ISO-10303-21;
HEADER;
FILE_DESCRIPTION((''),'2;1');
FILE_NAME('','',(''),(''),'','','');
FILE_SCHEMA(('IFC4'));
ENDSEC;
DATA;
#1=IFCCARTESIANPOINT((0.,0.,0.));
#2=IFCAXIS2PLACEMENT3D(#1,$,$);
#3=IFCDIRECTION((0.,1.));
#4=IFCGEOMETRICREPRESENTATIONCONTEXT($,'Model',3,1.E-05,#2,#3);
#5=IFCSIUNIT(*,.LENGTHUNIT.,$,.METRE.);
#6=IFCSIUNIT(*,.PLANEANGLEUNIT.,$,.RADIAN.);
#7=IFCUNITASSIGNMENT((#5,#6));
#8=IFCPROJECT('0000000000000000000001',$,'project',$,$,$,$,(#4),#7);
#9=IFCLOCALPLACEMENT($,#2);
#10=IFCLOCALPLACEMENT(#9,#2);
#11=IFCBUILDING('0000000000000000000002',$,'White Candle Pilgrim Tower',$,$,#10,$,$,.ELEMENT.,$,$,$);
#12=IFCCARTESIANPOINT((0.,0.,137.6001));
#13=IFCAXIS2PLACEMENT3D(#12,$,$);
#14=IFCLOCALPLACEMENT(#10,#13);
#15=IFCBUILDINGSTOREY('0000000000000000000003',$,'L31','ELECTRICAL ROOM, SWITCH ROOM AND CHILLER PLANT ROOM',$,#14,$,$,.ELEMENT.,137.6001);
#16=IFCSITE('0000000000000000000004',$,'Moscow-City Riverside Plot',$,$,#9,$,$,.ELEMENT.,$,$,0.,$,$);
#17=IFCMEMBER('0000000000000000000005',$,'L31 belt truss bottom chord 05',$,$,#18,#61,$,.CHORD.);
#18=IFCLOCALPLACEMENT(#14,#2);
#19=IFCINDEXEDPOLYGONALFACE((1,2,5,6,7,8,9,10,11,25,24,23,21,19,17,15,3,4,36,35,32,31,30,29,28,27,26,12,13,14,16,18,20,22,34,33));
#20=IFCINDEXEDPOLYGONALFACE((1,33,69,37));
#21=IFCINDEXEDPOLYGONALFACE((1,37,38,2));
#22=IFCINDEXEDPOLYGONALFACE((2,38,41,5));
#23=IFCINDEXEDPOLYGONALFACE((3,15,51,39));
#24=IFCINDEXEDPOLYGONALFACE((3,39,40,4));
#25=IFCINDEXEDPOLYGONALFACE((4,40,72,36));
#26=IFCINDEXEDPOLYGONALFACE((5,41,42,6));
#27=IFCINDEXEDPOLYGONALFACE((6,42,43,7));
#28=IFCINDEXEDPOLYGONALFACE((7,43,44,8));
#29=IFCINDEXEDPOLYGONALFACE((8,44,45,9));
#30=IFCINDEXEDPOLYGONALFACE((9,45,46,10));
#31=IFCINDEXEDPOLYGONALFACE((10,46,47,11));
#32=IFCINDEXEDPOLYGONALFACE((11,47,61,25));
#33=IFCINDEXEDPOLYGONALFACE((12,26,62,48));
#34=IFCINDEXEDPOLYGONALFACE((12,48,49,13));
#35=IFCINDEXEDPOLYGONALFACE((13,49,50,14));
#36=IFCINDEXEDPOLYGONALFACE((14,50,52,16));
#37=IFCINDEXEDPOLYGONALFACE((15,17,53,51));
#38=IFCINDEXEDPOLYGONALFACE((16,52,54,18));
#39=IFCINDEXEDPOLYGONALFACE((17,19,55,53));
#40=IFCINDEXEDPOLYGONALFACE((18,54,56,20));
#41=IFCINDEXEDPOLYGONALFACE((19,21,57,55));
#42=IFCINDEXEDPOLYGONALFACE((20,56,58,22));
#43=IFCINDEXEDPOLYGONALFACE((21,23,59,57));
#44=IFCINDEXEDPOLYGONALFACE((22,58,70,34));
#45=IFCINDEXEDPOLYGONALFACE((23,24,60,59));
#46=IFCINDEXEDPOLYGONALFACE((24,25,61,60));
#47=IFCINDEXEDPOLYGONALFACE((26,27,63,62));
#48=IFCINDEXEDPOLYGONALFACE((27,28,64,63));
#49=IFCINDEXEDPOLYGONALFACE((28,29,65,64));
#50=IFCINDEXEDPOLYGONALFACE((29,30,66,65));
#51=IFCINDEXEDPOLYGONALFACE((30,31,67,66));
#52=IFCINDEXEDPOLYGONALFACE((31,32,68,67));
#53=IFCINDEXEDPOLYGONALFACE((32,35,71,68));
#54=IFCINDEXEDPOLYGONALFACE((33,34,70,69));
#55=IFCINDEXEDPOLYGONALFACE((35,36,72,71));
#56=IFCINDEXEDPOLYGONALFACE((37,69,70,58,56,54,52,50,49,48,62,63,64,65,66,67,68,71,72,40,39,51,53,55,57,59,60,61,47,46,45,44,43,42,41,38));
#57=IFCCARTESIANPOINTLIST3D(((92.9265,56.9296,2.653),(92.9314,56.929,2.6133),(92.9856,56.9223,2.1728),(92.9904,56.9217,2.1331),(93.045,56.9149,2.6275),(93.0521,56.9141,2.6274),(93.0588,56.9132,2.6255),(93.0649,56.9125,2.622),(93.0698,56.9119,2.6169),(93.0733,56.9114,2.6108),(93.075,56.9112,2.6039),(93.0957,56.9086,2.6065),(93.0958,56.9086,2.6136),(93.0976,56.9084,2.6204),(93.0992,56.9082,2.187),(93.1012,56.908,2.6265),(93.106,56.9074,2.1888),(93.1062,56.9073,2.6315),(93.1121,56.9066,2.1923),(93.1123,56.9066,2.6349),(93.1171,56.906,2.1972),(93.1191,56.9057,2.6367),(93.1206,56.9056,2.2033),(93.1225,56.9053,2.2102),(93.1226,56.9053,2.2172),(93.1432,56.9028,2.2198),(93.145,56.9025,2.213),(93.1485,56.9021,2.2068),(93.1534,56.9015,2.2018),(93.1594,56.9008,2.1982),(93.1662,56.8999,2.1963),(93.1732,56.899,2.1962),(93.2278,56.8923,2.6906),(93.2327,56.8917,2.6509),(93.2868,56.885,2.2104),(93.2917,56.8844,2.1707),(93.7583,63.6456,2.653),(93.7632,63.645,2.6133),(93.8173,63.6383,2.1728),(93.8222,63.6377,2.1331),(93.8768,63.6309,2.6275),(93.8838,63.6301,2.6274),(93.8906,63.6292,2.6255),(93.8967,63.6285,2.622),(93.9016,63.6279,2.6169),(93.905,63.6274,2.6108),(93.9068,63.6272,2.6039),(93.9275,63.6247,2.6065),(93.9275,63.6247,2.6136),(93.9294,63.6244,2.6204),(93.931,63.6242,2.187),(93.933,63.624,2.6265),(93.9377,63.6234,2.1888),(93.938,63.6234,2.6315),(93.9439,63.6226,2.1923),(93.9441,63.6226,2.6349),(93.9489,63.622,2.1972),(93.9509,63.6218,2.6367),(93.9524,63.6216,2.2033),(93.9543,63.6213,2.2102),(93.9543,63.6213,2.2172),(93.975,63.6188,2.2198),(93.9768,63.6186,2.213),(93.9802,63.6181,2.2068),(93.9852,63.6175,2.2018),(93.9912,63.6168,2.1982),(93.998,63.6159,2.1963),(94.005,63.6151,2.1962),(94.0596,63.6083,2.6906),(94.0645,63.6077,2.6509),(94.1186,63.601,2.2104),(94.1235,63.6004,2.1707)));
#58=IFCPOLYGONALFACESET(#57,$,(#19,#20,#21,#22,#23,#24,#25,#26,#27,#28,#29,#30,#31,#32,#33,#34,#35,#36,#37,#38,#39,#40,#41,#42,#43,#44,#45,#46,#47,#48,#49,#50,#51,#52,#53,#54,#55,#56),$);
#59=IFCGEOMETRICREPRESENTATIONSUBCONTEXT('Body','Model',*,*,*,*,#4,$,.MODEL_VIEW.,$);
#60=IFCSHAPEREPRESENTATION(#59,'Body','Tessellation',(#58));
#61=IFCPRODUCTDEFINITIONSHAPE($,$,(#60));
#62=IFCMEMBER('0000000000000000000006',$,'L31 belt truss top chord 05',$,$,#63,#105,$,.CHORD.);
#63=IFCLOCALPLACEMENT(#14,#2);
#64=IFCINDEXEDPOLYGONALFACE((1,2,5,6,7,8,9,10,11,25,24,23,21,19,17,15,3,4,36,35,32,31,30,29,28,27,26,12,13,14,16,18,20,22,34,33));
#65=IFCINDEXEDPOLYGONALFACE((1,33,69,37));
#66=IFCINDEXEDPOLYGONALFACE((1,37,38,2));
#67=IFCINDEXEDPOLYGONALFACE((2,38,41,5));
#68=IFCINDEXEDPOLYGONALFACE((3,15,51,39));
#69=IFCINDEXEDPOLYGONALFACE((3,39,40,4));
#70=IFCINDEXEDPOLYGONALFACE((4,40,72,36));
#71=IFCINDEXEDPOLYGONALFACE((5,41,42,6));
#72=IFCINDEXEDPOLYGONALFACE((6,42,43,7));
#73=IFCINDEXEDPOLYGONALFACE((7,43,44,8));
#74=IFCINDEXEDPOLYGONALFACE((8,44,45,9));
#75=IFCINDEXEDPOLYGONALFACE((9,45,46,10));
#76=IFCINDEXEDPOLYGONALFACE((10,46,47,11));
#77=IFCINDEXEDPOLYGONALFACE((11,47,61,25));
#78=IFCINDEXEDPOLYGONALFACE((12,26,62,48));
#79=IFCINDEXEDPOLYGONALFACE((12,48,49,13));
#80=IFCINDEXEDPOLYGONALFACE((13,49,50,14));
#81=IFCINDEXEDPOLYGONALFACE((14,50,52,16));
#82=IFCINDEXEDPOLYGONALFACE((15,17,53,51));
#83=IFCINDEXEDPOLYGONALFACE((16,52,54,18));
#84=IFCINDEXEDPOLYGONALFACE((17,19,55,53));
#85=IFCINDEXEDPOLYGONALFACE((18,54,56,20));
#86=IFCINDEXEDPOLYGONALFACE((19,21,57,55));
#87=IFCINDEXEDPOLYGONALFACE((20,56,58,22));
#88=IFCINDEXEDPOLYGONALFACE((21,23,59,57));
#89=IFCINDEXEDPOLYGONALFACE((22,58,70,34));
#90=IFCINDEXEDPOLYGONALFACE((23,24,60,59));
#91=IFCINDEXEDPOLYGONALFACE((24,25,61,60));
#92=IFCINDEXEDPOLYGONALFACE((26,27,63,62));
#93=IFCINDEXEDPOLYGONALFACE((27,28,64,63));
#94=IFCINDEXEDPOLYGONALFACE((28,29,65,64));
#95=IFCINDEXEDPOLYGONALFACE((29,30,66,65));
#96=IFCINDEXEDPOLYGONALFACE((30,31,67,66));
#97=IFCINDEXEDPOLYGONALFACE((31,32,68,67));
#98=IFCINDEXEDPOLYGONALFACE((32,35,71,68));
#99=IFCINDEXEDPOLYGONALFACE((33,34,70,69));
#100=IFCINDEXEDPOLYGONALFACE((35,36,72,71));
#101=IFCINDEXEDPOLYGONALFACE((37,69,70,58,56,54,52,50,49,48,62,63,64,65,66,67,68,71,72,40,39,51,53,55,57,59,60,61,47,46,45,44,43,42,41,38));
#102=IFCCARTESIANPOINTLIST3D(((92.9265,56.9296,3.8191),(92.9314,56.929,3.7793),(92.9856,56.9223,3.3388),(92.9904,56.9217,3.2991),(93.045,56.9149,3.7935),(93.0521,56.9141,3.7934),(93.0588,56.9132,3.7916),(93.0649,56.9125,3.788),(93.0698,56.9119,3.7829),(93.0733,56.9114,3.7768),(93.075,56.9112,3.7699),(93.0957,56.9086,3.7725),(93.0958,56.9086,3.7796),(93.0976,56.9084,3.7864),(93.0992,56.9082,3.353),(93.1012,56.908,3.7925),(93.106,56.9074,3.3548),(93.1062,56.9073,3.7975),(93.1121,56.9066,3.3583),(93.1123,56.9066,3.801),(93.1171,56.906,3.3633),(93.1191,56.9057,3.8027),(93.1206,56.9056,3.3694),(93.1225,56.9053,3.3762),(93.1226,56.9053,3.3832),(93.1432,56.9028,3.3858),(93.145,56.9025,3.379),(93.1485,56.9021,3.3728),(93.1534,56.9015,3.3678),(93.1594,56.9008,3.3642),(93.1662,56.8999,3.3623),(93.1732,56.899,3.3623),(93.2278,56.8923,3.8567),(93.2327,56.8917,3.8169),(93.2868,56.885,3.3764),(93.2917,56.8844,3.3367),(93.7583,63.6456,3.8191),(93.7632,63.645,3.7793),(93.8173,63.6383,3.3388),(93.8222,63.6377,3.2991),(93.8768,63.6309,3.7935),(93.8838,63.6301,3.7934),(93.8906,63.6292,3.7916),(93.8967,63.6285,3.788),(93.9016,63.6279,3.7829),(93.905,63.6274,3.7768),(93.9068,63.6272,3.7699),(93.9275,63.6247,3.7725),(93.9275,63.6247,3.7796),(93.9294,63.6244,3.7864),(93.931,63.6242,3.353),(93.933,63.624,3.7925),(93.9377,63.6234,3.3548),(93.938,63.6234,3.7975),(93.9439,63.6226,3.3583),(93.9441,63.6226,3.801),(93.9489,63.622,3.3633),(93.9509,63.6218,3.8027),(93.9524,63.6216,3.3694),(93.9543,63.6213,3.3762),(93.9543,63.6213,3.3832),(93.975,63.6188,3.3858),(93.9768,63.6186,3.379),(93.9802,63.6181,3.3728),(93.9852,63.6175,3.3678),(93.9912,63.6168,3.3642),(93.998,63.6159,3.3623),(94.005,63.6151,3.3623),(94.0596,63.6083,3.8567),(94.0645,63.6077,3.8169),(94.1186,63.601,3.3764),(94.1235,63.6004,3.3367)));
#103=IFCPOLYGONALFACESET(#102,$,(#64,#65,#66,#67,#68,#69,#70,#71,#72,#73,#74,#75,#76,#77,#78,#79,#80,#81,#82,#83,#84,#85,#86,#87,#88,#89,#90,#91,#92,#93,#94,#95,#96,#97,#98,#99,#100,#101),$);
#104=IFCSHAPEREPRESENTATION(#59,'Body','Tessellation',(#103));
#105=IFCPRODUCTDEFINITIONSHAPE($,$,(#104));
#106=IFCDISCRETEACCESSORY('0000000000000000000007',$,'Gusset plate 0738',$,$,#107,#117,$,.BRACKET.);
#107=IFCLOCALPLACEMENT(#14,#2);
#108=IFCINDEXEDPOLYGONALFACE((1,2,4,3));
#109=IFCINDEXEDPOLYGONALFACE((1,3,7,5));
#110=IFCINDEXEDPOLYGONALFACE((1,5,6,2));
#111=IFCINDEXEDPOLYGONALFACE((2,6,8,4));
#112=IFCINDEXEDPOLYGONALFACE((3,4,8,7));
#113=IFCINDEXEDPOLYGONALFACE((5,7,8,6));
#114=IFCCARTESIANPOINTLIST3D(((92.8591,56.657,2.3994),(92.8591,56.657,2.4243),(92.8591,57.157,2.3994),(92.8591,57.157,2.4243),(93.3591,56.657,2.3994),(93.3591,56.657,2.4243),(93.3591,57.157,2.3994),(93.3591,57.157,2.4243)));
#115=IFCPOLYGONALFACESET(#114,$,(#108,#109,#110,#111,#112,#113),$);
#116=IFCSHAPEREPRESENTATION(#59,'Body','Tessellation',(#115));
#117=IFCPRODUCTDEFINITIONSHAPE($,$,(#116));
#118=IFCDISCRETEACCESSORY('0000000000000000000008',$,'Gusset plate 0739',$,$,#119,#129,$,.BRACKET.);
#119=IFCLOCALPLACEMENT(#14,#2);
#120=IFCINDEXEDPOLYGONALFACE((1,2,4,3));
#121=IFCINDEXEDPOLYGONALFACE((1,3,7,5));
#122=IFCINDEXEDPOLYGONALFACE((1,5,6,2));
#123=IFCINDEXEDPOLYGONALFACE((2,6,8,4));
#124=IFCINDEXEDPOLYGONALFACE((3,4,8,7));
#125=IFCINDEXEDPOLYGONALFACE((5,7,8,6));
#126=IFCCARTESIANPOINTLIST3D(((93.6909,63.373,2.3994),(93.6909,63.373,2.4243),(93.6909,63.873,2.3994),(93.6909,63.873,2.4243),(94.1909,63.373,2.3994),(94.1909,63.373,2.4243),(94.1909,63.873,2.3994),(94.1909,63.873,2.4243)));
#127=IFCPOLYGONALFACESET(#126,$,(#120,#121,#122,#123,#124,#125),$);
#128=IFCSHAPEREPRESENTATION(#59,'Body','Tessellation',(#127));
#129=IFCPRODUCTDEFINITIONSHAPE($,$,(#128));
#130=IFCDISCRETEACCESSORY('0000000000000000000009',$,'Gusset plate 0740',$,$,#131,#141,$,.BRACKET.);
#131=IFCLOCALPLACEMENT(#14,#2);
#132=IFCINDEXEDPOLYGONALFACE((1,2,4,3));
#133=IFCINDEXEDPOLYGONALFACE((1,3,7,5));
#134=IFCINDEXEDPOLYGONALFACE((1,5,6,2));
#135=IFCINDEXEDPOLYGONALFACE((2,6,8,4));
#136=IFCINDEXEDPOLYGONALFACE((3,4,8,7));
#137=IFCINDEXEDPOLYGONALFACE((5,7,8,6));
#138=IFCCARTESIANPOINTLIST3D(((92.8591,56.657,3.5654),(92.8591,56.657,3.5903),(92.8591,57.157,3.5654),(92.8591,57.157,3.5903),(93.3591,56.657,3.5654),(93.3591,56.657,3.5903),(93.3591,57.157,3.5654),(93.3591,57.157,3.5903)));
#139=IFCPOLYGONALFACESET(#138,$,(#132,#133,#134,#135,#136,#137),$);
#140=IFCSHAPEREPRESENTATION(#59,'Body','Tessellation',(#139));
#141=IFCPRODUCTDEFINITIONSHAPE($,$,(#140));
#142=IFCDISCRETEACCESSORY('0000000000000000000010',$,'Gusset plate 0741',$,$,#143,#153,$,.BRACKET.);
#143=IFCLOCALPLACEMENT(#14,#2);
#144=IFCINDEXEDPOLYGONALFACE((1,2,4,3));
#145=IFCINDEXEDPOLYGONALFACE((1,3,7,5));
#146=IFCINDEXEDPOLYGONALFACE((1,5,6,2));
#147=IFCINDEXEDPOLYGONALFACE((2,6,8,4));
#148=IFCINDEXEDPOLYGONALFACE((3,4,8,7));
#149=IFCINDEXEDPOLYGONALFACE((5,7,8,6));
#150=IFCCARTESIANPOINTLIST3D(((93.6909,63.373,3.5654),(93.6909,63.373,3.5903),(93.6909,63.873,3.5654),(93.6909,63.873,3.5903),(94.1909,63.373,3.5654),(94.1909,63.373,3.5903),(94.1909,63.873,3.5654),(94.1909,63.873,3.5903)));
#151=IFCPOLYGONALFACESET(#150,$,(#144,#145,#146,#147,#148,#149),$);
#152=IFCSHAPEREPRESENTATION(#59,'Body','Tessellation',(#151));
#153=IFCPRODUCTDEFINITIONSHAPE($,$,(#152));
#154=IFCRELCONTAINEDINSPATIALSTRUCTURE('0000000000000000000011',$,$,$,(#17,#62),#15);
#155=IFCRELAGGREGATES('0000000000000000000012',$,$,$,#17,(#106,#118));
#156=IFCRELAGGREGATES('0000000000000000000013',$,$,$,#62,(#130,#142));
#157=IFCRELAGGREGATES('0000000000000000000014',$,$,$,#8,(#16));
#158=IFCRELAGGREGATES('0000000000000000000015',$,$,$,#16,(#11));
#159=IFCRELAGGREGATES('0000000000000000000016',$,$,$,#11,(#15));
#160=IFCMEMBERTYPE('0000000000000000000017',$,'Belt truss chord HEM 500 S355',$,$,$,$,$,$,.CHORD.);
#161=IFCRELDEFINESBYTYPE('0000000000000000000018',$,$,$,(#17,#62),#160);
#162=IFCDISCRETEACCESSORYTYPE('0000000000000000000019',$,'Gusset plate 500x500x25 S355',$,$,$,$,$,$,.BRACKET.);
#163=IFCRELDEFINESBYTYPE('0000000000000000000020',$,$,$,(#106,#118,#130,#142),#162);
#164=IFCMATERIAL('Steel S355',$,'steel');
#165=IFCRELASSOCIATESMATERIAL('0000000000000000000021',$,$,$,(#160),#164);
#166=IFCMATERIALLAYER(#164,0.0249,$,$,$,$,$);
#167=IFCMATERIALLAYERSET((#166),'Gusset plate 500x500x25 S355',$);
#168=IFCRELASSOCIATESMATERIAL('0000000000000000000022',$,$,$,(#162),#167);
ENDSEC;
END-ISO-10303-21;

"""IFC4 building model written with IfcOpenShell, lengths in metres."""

from ifc_helpers import new_model, si_unit, direction, frame, origin, origin_2d, place, context, subcontext, project, spatial, rectangle, i_section, extrude, material, layer, layer_set, material_profile, profile_set, type_object, element, aggregate, save


model = new_model("IFC4")

# Units and contexts
model_context = context("Model", 3, precision=1e-05, world=origin(), true_north=direction((0.0, 1.0)))
body_context = subcontext(model_context, "Body", "Model", "MODEL_VIEW")
ifc_project = project(units=[si_unit("LENGTHUNIT", "METRE"), si_unit("PLANEANGLEUNIT", "RADIAN")], contexts=[model_context])

# Site, building, storey
site_placement = place(None, origin())
site = spatial("IfcSite", under=ifc_project, at=site_placement, Name="Moscow-City Riverside Plot", CompositionType="ELEMENT", RefElevation=0.0)
building_placement = place(site_placement, origin())
building = spatial("IfcBuilding", under=site, at=building_placement, Name="White Candle Pilgrim Tower", CompositionType="ELEMENT")
storey_placement = place(building_placement, frame((0.0, 0.0, 137.6001)))
storey = spatial("IfcBuildingStorey", under=building, at=storey_placement, Name="L31", Description="ELECTRICAL ROOM, SWITCH ROOM AND CHILLER PLANT ROOM", CompositionType="ELEMENT", Elevation=137.6001)

# Members
ifc_material_1 = material(Name="Steel S355", Category="steel")
ifc_material_profile_1 = material_profile(ifc_material_1, i_section(OverallWidth=0.3059, OverallDepth=0.5239, WebThickness=0.021, FlangeThickness=0.04, FilletRadius=0.0271, at=origin_2d()), Name="HEM 500")
ifc_profile_set_1 = profile_set([ifc_material_profile_1], Name="Steel S355")
member_type_1 = type_object("IfcMemberType", Name="Belt truss chord HEM 500 S355", PredefinedType="CHORD", material=ifc_profile_set_1)
member_1_placement = place(storey_placement, frame((93.1091, 56.907, 2.4119), z_axis=(0.122911, 0.992418, 0.0), x_axis=(0.984893, -0.121979, 0.122911)))
member_1 = element("IfcMember", 1, at=member_1_placement, inside=storey, type_object=member_type_1, Name="L31 belt truss bottom chord 05", PredefinedType="CHORD", context=body_context, shape_type="SweptSolid", body=[
    extrude(i_section(OverallWidth=0.3059, OverallDepth=0.5239, WebThickness=0.021, FlangeThickness=0.04, FilletRadius=0.0271, at=origin_2d()), origin(), (0.0, 0.0, 1.0), 6.7673),
])
member_2_placement = place(storey_placement, frame((93.1091, 56.907, 3.5779), z_axis=(0.122911, 0.992418, 0.0), x_axis=(0.984893, -0.121979, 0.122911)))
member_2 = element("IfcMember", 2, at=member_2_placement, inside=storey, type_object=member_type_1, Name="L31 belt truss top chord 05", PredefinedType="CHORD", context=body_context, shape_type="SweptSolid", body=[
    extrude(i_section(OverallWidth=0.3059, OverallDepth=0.5239, WebThickness=0.021, FlangeThickness=0.04, FilletRadius=0.0271, at=origin_2d()), origin(), (0.0, 0.0, 1.0), 6.7673),
])

# Discrete accessories
ifc_layer_1 = layer(ifc_material_1, 0.0249)
ifc_layer_set_1 = layer_set([ifc_layer_1], Name="Gusset plate 500x500x25 S355")
discrete_accessory_type = type_object("IfcDiscreteAccessoryType", Name="Gusset plate 500x500x25 S355", PredefinedType="BRACKET", material=ifc_layer_set_1)
discrete_accessory_1_placement = place(storey_placement, frame((93.1091, 56.907, 2.3994), z_axis=(0.0, 0.0, 1.0), x_axis=(1.0, 0.0, 0.0)))
discrete_accessory_1 = element("IfcDiscreteAccessory", 3, at=discrete_accessory_1_placement, type_object=discrete_accessory_type, Name="Gusset plate 0738", PredefinedType="BRACKET", context=body_context, shape_type="SweptSolid", body=[
    extrude(rectangle(XDim=0.5, YDim=0.5, at=origin_2d()), origin(), (0.0, 0.0, 1.0), 0.0249),
])
discrete_accessory_2_placement = place(storey_placement, frame((93.9409, 63.623, 2.3994), z_axis=(0.0, 0.0, 1.0), x_axis=(1.0, 0.0, 0.0)))
discrete_accessory_2 = element("IfcDiscreteAccessory", 4, at=discrete_accessory_2_placement, type_object=discrete_accessory_type, Name="Gusset plate 0739", PredefinedType="BRACKET", context=body_context, shape_type="SweptSolid", body=[
    extrude(rectangle(XDim=0.5, YDim=0.5, at=origin_2d()), origin(), (0.0, 0.0, 1.0), 0.0249),
])
aggregate(member_1, [discrete_accessory_1, discrete_accessory_2])
discrete_accessory_3_placement = place(storey_placement, frame((93.1091, 56.907, 3.5654), z_axis=(0.0, 0.0, 1.0), x_axis=(1.0, 0.0, 0.0)))
discrete_accessory_3 = element("IfcDiscreteAccessory", 5, at=discrete_accessory_3_placement, type_object=discrete_accessory_type, Name="Gusset plate 0740", PredefinedType="BRACKET", context=body_context, shape_type="SweptSolid", body=[
    extrude(rectangle(XDim=0.5, YDim=0.5, at=origin_2d()), origin(), (0.0, 0.0, 1.0), 0.0249),
])
discrete_accessory_4_placement = place(storey_placement, frame((93.9409, 63.623, 3.5654), z_axis=(0.0, 0.0, 1.0), x_axis=(1.0, 0.0, 0.0)))
discrete_accessory_4 = element("IfcDiscreteAccessory", 6, at=discrete_accessory_4_placement, type_object=discrete_accessory_type, Name="Gusset plate 0741", PredefinedType="BRACKET", context=body_context, shape_type="SweptSolid", body=[
    extrude(rectangle(XDim=0.5, YDim=0.5, at=origin_2d()), origin(), (0.0, 0.0, 1.0), 0.0249),
])
aggregate(member_2, [discrete_accessory_3, discrete_accessory_4])

save(model, "model.ifc")
